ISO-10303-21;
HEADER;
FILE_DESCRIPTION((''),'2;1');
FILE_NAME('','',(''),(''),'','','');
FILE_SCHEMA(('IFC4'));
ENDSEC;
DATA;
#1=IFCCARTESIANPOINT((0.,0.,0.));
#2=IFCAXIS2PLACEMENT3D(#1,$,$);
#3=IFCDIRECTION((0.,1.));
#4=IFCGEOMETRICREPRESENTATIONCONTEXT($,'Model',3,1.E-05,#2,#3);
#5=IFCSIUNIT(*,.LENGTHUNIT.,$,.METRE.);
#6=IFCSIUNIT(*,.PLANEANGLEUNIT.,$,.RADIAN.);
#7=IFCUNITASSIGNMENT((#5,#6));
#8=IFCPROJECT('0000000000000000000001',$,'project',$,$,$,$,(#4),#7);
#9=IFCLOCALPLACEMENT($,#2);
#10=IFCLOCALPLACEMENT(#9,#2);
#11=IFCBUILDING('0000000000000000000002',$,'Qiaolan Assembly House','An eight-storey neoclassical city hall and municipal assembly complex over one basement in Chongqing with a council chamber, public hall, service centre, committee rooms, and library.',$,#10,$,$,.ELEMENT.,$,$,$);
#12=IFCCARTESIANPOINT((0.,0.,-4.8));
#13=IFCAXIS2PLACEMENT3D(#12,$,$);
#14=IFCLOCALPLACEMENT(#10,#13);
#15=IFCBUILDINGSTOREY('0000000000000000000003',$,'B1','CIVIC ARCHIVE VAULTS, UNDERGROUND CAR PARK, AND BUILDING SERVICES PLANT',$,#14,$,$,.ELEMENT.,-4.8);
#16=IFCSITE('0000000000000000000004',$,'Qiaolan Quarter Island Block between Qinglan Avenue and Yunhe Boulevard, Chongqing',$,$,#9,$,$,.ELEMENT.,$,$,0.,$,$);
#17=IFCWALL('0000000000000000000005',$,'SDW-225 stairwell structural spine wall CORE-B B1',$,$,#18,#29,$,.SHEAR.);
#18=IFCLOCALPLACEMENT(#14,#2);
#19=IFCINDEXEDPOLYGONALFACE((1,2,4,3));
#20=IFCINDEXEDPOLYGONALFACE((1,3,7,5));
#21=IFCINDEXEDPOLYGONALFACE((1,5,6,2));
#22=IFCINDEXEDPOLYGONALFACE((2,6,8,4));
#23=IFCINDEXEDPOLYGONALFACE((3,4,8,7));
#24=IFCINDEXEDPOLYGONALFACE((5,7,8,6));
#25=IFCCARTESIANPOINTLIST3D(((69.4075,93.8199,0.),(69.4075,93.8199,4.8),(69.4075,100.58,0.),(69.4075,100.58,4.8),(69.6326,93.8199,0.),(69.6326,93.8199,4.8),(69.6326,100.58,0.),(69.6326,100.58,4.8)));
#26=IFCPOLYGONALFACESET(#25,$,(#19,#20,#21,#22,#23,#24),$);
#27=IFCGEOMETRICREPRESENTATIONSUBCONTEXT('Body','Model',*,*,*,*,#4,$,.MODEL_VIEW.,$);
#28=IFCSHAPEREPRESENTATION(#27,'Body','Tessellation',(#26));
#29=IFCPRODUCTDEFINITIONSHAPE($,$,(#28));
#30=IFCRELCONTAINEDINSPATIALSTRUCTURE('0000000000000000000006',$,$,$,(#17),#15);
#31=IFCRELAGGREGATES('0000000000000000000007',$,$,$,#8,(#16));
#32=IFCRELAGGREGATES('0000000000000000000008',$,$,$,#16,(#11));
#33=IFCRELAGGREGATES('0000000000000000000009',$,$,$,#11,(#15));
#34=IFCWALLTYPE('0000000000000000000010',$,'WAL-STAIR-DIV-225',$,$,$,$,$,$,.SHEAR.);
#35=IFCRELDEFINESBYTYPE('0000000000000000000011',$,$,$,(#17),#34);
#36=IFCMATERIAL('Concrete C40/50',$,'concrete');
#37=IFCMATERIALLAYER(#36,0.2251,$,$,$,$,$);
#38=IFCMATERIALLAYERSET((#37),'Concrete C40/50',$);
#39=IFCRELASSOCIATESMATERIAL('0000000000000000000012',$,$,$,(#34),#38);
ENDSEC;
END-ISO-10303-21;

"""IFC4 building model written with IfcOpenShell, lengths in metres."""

from ifc_helpers import new_model, si_unit, direction, frame, frame_2d, origin, place, context, subcontext, project, spatial, rectangle, extrude, material, layer, layer_set, type_object, element, save


model = new_model("IFC4")

# Units and contexts
model_context = context("Model", 3, precision=1e-05, world=origin(), true_north=direction((0.0, 1.0)))
body_context = subcontext(model_context, "Body", "Model", "MODEL_VIEW")
ifc_project = project(units=[si_unit("LENGTHUNIT", "METRE"), si_unit("PLANEANGLEUNIT", "RADIAN")], contexts=[model_context])

# Site, building, storey
site_placement = place(None, origin())
site = spatial("IfcSite", under=ifc_project, at=site_placement, Name="Qiaolan Quarter Island Block between Qinglan Avenue and Yunhe Boulevard, Chongqing", CompositionType="ELEMENT", RefElevation=0.0)
building_placement = place(site_placement, origin())
building = spatial("IfcBuilding", under=site, at=building_placement, Name="Qiaolan Assembly House", Description="An eight-storey neoclassical city hall and municipal assembly complex over one basement in Chongqing with a council chamber, public hall, service centre, committee rooms, and library.", CompositionType="ELEMENT")
storey_placement = place(building_placement, frame((0.0, 0.0, -4.8)))
storey = spatial("IfcBuildingStorey", under=building, at=storey_placement, Name="B1", Description="CIVIC ARCHIVE VAULTS, UNDERGROUND CAR PARK, AND BUILDING SERVICES PLANT", CompositionType="ELEMENT", Elevation=-4.8)

# Shared definitions
ifc_material_1 = material(Name="Concrete C40/50", Category="concrete")

# Wall
ifc_layer_1 = layer(ifc_material_1, 0.2251)
ifc_layer_set_1 = layer_set([ifc_layer_1], Name="Concrete C40/50")
wall_type_1 = type_object("IfcWallType", Name="WAL-STAIR-DIV-225", PredefinedType="SHEAR", material=ifc_layer_set_1)
wall_1_placement = place(storey_placement, frame((69.52, 93.8201, 0.0), z_axis=(0.0, 0.0, 1.0), x_axis=(0.0, 1.0, 0.0)))
element("IfcWall", 1, at=wall_1_placement, inside=storey, type_object=wall_type_1, Name="SDW-225 stairwell structural spine wall CORE-B B1", PredefinedType="SHEAR", context=body_context, shape_type="SweptSolid", body=[
    extrude(rectangle(XDim=6.76, YDim=0.2251, at=frame_2d((3.3799, 0.0))), origin(), (0.0, 0.0, 1.0), 4.8),
])

save(model, "model.ifc")
